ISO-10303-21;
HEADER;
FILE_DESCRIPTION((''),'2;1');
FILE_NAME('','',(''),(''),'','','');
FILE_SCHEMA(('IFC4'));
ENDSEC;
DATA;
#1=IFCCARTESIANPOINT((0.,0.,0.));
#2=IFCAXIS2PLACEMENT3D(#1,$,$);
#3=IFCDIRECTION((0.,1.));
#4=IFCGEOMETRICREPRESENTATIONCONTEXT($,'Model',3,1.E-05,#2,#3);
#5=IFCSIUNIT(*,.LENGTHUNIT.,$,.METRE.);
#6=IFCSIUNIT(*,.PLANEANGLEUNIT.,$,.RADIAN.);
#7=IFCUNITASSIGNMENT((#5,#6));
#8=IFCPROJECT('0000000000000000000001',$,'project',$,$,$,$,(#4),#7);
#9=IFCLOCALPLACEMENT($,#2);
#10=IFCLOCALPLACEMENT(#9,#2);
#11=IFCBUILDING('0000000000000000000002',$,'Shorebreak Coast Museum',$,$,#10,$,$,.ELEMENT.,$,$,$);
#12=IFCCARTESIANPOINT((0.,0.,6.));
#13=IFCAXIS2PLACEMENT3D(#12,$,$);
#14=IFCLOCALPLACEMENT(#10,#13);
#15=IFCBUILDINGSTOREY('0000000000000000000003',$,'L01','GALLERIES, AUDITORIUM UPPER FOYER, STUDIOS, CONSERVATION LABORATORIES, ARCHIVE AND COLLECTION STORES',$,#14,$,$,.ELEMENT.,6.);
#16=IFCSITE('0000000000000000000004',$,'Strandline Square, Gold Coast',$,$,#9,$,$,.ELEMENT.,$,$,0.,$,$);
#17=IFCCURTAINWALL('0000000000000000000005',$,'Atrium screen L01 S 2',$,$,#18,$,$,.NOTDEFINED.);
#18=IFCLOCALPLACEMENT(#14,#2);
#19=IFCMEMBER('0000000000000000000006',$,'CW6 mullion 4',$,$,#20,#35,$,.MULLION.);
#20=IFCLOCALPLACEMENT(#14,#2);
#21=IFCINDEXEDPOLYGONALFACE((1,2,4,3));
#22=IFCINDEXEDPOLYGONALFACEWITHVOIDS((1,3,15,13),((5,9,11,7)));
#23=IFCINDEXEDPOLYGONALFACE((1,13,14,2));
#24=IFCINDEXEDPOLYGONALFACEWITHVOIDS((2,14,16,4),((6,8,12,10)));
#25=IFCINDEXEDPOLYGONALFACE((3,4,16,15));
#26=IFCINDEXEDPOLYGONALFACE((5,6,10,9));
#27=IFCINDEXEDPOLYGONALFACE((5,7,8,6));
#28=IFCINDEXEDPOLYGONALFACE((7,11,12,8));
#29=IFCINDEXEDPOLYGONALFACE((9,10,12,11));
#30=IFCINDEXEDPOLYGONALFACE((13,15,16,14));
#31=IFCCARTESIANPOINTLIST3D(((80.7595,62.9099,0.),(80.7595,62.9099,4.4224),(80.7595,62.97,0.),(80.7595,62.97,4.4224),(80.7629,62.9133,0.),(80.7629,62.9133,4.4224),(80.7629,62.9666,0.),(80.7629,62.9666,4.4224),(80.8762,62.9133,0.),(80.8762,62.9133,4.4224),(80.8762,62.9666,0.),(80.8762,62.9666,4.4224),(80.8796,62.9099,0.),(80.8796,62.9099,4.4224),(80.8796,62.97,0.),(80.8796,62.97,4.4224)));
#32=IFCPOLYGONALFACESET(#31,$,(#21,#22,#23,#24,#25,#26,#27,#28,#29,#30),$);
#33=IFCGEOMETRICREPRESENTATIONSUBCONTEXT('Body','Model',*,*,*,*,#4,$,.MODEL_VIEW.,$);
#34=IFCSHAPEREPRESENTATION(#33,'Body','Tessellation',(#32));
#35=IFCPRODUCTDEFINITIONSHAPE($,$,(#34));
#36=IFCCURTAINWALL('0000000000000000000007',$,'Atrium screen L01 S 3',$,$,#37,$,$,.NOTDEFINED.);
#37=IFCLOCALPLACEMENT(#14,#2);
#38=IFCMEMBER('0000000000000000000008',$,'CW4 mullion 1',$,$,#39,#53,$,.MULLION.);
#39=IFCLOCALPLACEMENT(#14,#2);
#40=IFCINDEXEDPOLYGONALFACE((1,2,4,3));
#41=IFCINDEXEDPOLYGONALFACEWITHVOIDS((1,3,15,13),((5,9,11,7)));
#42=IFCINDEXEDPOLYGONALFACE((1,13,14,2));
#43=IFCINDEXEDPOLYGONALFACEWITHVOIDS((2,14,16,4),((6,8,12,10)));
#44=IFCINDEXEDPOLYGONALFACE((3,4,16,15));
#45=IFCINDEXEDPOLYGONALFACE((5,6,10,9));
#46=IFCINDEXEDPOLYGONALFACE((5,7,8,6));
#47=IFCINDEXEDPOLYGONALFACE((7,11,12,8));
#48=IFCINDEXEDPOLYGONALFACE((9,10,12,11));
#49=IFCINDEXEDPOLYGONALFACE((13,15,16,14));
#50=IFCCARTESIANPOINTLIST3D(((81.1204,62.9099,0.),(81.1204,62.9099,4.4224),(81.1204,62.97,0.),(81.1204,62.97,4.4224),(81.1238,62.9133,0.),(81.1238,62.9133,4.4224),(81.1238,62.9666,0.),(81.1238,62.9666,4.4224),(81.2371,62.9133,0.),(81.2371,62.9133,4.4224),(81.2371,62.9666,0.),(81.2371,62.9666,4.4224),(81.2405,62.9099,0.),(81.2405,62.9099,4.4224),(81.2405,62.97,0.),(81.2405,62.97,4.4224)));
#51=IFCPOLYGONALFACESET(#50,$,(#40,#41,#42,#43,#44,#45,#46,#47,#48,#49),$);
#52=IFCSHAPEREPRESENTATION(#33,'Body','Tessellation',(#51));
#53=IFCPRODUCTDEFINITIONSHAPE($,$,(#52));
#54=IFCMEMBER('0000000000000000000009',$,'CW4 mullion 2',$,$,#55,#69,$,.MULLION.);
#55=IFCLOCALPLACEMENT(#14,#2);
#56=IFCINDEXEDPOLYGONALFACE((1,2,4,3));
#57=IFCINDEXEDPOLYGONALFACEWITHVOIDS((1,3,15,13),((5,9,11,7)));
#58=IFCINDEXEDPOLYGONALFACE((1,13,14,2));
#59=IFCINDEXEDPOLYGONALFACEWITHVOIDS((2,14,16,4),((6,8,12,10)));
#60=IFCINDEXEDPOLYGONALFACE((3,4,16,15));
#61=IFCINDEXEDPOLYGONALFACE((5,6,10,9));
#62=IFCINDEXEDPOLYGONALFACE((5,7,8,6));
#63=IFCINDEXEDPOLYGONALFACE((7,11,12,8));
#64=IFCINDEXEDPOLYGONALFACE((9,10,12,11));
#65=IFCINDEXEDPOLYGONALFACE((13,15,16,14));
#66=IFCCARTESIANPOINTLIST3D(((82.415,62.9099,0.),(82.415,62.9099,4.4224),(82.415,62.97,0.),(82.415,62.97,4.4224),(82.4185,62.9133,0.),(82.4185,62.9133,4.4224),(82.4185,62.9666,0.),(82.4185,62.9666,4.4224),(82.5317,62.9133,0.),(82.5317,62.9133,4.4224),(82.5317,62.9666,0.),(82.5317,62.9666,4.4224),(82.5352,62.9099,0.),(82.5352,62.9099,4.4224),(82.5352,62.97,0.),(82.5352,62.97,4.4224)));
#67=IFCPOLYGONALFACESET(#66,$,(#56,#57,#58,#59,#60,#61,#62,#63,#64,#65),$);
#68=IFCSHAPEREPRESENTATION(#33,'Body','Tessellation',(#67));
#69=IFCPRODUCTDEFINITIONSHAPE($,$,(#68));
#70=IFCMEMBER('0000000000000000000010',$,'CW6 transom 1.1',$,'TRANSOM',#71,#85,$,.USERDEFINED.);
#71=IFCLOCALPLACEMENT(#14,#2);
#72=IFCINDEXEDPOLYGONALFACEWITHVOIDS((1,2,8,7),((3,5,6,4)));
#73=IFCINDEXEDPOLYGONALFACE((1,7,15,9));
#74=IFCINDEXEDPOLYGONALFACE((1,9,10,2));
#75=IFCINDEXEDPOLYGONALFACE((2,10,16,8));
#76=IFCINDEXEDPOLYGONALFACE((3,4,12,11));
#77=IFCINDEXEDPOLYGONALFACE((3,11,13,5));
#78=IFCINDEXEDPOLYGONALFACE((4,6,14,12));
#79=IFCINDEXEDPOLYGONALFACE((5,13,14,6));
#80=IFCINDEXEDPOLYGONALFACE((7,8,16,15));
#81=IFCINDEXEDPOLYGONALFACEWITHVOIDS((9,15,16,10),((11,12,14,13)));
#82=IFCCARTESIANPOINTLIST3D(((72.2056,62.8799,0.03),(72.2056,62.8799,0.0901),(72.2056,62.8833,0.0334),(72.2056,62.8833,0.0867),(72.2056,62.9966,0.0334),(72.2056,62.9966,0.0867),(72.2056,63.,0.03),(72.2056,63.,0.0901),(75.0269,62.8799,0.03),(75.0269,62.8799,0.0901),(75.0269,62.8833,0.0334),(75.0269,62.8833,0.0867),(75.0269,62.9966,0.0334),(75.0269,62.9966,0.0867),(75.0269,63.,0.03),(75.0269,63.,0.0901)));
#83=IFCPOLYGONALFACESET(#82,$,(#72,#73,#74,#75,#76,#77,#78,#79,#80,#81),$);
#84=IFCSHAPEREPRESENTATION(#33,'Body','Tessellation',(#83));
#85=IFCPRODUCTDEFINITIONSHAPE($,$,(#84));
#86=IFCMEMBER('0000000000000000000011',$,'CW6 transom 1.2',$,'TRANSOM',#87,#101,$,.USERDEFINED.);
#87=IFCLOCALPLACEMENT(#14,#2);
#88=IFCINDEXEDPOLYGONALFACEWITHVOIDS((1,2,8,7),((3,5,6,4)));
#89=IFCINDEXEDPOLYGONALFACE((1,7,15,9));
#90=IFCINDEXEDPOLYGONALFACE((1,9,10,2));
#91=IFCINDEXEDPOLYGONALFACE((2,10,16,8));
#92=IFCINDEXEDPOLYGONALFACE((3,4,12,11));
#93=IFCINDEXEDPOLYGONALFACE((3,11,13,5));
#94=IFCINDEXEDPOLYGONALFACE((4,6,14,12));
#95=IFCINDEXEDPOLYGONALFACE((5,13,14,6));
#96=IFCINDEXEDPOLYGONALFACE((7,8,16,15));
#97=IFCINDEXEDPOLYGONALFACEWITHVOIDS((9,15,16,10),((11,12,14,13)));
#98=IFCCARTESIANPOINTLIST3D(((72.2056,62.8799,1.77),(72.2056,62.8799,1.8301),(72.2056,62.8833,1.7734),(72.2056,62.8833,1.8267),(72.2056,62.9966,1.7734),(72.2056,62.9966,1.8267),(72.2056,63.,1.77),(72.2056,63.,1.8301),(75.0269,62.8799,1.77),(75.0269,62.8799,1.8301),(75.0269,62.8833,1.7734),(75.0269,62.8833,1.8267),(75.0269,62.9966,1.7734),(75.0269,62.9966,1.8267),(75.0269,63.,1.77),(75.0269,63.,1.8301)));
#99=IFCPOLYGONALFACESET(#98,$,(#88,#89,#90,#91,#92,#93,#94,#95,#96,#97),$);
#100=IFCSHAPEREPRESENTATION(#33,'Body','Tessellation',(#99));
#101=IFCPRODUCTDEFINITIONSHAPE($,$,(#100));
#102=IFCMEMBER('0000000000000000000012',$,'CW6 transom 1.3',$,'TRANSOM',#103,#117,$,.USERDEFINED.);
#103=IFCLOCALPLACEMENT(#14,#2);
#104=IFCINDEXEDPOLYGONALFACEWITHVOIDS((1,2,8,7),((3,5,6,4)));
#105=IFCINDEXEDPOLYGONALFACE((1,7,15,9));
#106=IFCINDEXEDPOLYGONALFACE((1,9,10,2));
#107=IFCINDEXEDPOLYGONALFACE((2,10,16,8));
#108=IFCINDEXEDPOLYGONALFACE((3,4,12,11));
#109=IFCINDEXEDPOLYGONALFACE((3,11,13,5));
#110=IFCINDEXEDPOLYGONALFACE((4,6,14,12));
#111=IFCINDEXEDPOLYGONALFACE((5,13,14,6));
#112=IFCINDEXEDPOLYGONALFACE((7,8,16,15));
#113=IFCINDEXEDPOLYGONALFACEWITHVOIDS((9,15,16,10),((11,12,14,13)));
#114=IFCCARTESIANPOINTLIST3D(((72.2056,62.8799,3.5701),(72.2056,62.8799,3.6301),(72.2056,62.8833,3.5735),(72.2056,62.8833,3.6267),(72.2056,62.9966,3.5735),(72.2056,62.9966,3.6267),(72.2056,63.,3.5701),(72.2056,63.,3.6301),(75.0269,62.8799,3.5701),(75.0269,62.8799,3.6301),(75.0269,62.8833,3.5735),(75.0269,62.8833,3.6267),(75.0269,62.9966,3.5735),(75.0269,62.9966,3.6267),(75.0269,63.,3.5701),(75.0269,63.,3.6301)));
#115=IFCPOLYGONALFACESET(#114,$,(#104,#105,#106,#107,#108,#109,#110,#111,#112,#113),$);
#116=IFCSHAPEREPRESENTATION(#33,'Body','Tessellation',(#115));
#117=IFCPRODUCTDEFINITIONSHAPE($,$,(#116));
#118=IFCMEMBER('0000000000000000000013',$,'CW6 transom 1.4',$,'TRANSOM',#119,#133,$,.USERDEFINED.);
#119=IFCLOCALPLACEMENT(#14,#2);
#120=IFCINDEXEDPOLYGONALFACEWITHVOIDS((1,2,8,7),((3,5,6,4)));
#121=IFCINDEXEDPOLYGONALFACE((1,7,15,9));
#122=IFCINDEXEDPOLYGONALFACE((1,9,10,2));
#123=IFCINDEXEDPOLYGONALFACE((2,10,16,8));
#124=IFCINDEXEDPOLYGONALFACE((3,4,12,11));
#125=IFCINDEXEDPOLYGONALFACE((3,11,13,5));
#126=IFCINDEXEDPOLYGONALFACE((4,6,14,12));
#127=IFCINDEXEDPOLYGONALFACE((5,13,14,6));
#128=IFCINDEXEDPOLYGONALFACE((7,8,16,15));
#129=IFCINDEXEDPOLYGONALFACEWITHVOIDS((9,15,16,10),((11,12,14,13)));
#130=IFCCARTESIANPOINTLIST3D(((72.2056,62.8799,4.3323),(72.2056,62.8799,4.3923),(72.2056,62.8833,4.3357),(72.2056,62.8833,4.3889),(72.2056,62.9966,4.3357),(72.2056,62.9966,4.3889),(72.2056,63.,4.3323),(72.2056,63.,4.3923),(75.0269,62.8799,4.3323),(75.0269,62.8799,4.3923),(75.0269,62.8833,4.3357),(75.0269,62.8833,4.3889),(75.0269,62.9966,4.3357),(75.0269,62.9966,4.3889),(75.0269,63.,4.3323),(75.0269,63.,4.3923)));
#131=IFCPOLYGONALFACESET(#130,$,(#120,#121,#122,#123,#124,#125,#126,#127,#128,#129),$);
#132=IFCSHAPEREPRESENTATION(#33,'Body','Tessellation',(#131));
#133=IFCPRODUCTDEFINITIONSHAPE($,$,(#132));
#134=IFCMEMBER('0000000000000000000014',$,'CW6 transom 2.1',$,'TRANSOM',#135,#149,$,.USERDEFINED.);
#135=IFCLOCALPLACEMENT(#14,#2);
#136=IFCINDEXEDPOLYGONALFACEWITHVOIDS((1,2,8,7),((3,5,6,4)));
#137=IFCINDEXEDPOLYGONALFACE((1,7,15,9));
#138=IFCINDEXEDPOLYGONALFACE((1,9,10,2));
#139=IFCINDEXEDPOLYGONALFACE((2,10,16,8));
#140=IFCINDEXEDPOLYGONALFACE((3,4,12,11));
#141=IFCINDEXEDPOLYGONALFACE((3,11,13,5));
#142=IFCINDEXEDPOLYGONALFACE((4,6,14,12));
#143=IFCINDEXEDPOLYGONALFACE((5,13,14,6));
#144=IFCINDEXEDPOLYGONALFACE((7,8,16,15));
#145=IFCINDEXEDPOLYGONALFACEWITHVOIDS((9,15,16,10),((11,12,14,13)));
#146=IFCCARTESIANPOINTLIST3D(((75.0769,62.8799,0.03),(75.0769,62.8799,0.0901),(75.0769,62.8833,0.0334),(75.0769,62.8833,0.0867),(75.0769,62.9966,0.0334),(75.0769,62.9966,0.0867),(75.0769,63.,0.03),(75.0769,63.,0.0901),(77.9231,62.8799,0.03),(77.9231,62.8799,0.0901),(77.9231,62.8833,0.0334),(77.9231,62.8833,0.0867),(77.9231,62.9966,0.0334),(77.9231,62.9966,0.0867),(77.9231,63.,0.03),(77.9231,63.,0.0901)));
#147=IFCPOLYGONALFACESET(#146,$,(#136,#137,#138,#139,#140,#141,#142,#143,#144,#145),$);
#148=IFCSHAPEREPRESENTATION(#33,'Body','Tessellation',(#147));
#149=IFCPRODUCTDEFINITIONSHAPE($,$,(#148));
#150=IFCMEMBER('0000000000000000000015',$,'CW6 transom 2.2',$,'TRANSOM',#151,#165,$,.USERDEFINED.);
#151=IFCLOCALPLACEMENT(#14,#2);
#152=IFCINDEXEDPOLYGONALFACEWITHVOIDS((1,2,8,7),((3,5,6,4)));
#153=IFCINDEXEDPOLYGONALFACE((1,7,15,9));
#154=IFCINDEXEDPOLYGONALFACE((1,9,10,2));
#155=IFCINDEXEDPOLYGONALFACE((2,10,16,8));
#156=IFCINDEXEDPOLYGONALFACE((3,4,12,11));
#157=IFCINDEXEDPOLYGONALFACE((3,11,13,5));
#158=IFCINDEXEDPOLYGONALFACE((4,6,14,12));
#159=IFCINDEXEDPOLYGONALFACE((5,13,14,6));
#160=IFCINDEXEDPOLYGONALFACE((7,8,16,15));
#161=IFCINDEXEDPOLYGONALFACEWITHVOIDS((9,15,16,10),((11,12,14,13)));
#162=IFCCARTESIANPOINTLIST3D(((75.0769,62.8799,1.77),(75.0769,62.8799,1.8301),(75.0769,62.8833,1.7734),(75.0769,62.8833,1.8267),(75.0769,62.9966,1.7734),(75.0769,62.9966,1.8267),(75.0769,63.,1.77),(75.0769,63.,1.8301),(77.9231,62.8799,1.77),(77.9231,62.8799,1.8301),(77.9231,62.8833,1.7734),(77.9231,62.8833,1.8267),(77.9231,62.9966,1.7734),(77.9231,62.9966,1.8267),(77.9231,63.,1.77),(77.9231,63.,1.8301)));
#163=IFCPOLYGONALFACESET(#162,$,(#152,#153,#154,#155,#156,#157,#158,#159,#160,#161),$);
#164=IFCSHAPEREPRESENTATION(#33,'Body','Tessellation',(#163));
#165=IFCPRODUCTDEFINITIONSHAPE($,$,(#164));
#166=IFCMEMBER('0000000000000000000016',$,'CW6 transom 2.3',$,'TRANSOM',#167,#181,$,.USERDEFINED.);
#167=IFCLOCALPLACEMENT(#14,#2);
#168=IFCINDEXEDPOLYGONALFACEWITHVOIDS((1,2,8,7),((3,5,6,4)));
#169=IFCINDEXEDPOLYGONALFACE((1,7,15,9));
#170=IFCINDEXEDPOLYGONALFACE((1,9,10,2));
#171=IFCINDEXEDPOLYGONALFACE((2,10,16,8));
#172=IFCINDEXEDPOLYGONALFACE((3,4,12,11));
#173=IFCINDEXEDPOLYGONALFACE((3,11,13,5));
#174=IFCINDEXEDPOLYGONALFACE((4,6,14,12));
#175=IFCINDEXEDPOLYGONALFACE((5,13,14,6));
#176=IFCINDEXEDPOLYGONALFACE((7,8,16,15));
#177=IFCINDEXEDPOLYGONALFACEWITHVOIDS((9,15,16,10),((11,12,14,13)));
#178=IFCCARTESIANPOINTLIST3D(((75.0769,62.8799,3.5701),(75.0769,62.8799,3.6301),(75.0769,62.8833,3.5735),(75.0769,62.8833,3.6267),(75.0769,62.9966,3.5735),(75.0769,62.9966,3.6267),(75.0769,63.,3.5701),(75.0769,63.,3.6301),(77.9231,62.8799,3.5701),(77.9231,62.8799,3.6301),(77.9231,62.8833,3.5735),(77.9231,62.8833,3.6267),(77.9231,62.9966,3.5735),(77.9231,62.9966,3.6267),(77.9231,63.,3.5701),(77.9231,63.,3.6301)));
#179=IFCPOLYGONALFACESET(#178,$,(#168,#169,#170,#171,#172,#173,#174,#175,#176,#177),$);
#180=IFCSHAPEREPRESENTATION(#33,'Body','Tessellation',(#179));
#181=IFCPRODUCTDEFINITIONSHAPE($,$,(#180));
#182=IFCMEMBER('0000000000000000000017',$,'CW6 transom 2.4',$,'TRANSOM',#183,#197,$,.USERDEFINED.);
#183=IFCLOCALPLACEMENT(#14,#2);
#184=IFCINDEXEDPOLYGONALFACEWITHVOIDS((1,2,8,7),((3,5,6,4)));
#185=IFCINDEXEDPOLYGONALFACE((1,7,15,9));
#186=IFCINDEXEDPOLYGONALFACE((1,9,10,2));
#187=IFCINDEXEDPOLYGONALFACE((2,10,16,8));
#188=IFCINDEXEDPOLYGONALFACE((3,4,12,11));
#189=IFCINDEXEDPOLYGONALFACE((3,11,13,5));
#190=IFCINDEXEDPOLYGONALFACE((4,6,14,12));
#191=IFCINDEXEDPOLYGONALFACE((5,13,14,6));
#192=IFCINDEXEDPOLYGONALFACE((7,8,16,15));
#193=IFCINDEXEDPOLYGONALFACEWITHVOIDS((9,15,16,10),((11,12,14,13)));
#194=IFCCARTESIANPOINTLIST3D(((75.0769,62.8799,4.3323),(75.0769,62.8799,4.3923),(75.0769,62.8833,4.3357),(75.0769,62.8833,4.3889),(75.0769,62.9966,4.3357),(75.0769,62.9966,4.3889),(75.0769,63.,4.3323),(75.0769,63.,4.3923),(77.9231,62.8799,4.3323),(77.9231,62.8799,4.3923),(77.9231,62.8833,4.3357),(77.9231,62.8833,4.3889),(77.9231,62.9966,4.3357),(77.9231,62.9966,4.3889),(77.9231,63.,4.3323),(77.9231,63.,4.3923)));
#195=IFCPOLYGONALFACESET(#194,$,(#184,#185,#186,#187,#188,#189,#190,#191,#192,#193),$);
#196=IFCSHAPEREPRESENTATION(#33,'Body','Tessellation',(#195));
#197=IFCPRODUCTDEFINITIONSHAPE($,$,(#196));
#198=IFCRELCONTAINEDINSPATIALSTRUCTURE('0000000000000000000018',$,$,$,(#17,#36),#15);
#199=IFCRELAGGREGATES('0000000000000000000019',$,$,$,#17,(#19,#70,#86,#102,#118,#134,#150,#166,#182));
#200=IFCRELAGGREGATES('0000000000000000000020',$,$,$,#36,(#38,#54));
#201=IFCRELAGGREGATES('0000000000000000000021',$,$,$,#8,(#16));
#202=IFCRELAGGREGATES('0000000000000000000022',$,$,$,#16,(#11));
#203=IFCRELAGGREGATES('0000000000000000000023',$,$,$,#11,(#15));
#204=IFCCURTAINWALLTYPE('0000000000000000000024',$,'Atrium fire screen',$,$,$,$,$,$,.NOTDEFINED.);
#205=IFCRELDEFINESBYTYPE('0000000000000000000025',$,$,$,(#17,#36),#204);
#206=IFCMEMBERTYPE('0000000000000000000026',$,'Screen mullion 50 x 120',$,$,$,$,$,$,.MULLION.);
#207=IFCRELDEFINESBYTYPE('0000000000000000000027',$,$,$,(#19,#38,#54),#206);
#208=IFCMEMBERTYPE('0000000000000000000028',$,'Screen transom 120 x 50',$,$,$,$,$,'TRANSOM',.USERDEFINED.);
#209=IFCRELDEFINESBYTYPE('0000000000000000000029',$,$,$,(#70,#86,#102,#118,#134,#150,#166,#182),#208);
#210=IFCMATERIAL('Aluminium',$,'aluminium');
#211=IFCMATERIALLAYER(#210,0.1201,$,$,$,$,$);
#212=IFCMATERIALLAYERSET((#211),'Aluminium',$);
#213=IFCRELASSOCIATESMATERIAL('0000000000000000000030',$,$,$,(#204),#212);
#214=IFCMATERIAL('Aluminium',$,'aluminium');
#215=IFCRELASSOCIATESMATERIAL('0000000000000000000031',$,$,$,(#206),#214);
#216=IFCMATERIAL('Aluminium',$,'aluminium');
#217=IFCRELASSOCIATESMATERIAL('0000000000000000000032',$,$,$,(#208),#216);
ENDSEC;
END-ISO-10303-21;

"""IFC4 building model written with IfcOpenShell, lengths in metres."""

from ifc_helpers import new_model, si_unit, direction, frame, origin, origin_2d, place, context, subcontext, project, spatial, hollow_rectangle, extrude, material, layer, layer_set, material_profile, profile_set, type_object, element, aggregate, save


model = new_model("IFC4")

# Units and contexts
model_context = context("Model", 3, precision=1e-05, world=origin(), true_north=direction((0.0, 1.0)))
body_context = subcontext(model_context, "Body", "Model", "MODEL_VIEW")
ifc_project = project(units=[si_unit("LENGTHUNIT", "METRE"), si_unit("PLANEANGLEUNIT", "RADIAN")], contexts=[model_context])

# Site, building, storey
site_placement = place(None, origin())
site = spatial("IfcSite", under=ifc_project, at=site_placement, Name="Strandline Square, Gold Coast", CompositionType="ELEMENT", RefElevation=0.0)
building_placement = place(site_placement, origin())
building = spatial("IfcBuilding", under=site, at=building_placement, Name="Shorebreak Coast Museum", CompositionType="ELEMENT")
storey_placement = place(building_placement, frame((0.0, 0.0, 6.0)))
storey = spatial("IfcBuildingStorey", under=building, at=storey_placement, Name="L01", Description="GALLERIES, AUDITORIUM UPPER FOYER, STUDIOS, CONSERVATION LABORATORIES, ARCHIVE AND COLLECTION STORES", CompositionType="ELEMENT", Elevation=6.0)

# Curtain walls, members
ifc_material_1 = material(Name="Aluminium", Category="aluminium")
ifc_layer_1 = layer(ifc_material_1, 0.1201)
ifc_layer_set_1 = layer_set([ifc_layer_1], Name="Aluminium")
curtain_wall_type = type_object("IfcCurtainWallType", Name="Atrium fire screen", PredefinedType="NOTDEFINED", material=ifc_layer_set_1)
curtain_wall_1_placement = place(storey_placement, origin())
curtain_wall_1 = element("IfcCurtainWall", 1, at=curtain_wall_1_placement, inside=storey, type_object=curtain_wall_type, Name="Atrium screen L01 S 2", PredefinedType="NOTDEFINED")
ifc_material_2 = material(Name="Aluminium", Category="aluminium")
ifc_material_profile_1 = material_profile(ifc_material_2, hollow_rectangle(XDim=0.0601, YDim=0.1201, WallThickness=0.0034, at=origin_2d()), Name="AL 120x60 RHS")
ifc_profile_set_1 = profile_set([ifc_material_profile_1], Name="Aluminium")
member_type_1 = type_object("IfcMemberType", Name="Screen mullion 50 x 120", PredefinedType="MULLION", material=ifc_profile_set_1)
member_1_placement = place(storey_placement, frame((80.8196, 62.9399, 0.0), z_axis=(0.0, 0.0, 1.0), x_axis=(0.0, 1.0, 0.0)))
member_1 = element("IfcMember", 2, at=member_1_placement, type_object=member_type_1, Name="CW6 mullion 4", PredefinedType="MULLION", context=body_context, shape_type="SweptSolid", body=[
    extrude(hollow_rectangle(XDim=0.0601, YDim=0.1201, WallThickness=0.0034, at=origin_2d()), origin(), (0.0, 0.0, 1.0), 4.4224),
])
curtain_wall_2_placement = place(storey_placement, origin())
curtain_wall_2 = element("IfcCurtainWall", 3, at=curtain_wall_2_placement, inside=storey, type_object=curtain_wall_type, Name="Atrium screen L01 S 3", PredefinedType="NOTDEFINED")
member_2_placement = place(storey_placement, frame((81.1804, 62.9399, 0.0), z_axis=(0.0, 0.0, 1.0), x_axis=(0.0, 1.0, 0.0)))
member_2 = element("IfcMember", 4, at=member_2_placement, type_object=member_type_1, Name="CW4 mullion 1", PredefinedType="MULLION", context=body_context, shape_type="SweptSolid", body=[
    extrude(hollow_rectangle(XDim=0.0601, YDim=0.1201, WallThickness=0.0034, at=origin_2d()), origin(), (0.0, 0.0, 1.0), 4.4224),
])
member_3_placement = place(storey_placement, frame((82.4751, 62.9399, 0.0), z_axis=(0.0, 0.0, 1.0), x_axis=(0.0, 1.0, 0.0)))
member_3 = element("IfcMember", 5, at=member_3_placement, type_object=member_type_1, Name="CW4 mullion 2", PredefinedType="MULLION", context=body_context, shape_type="SweptSolid", body=[
    extrude(hollow_rectangle(XDim=0.0601, YDim=0.1201, WallThickness=0.0034, at=origin_2d()), origin(), (0.0, 0.0, 1.0), 4.4224),
])

# Members
ifc_material_3 = material(Name="Aluminium", Category="aluminium")
ifc_material_profile_2 = material_profile(ifc_material_3, hollow_rectangle(XDim=0.1201, YDim=0.0601, WallThickness=0.0034, at=origin_2d()), Name="AL 60x120 RHS")
ifc_profile_set_2 = profile_set([ifc_material_profile_2], Name="Aluminium")
member_type_2 = type_object("IfcMemberType", Name="Screen transom 120 x 50", ElementType="TRANSOM", PredefinedType="USERDEFINED", material=ifc_profile_set_2)
member_4_placement = place(storey_placement, frame((72.2056, 62.9399, 0.0601), z_axis=(1.0, 0.0, 0.0), x_axis=(0.0, 1.0, 0.0)))
member_4 = element("IfcMember", 6, at=member_4_placement, type_object=member_type_2, Name="CW6 transom 1.1", ObjectType="TRANSOM", PredefinedType="USERDEFINED", context=body_context, shape_type="SweptSolid", body=[
    extrude(hollow_rectangle(XDim=0.1201, YDim=0.0601, WallThickness=0.0034, at=origin_2d()), origin(), (0.0, 0.0, 1.0), 2.8213),
])
member_5_placement = place(storey_placement, frame((72.2056, 62.9399, 1.8), z_axis=(1.0, 0.0, 0.0), x_axis=(0.0, 1.0, 0.0)))
member_5 = element("IfcMember", 7, at=member_5_placement, type_object=member_type_2, Name="CW6 transom 1.2", ObjectType="TRANSOM", PredefinedType="USERDEFINED", context=body_context, shape_type="SweptSolid", body=[
    extrude(hollow_rectangle(XDim=0.1201, YDim=0.0601, WallThickness=0.0034, at=origin_2d()), origin(), (0.0, 0.0, 1.0), 2.8213),
])
member_6_placement = place(storey_placement, frame((72.2056, 62.9399, 3.6001), z_axis=(1.0, 0.0, 0.0), x_axis=(0.0, 1.0, 0.0)))
member_6 = element("IfcMember", 8, at=member_6_placement, type_object=member_type_2, Name="CW6 transom 1.3", ObjectType="TRANSOM", PredefinedType="USERDEFINED", context=body_context, shape_type="SweptSolid", body=[
    extrude(hollow_rectangle(XDim=0.1201, YDim=0.0601, WallThickness=0.0034, at=origin_2d()), origin(), (0.0, 0.0, 1.0), 2.8213),
])
member_7_placement = place(storey_placement, frame((72.2056, 62.9399, 4.3623), z_axis=(1.0, 0.0, 0.0), x_axis=(0.0, 1.0, 0.0)))
member_7 = element("IfcMember", 9, at=member_7_placement, type_object=member_type_2, Name="CW6 transom 1.4", ObjectType="TRANSOM", PredefinedType="USERDEFINED", context=body_context, shape_type="SweptSolid", body=[
    extrude(hollow_rectangle(XDim=0.1201, YDim=0.0601, WallThickness=0.0034, at=origin_2d()), origin(), (0.0, 0.0, 1.0), 2.8213),
])
member_8_placement = place(storey_placement, frame((75.0769, 62.9399, 0.0601), z_axis=(1.0, 0.0, 0.0), x_axis=(0.0, 1.0, 0.0)))
member_8 = element("IfcMember", 10, at=member_8_placement, type_object=member_type_2, Name="CW6 transom 2.1", ObjectType="TRANSOM", PredefinedType="USERDEFINED", context=body_context, shape_type="SweptSolid", body=[
    extrude(hollow_rectangle(XDim=0.1201, YDim=0.0601, WallThickness=0.0034, at=origin_2d()), origin(), (0.0, 0.0, 1.0), 2.8462),
])
member_9_placement = place(storey_placement, frame((75.0769, 62.9399, 1.8), z_axis=(1.0, 0.0, 0.0), x_axis=(0.0, 1.0, 0.0)))
member_9 = element("IfcMember", 11, at=member_9_placement, type_object=member_type_2, Name="CW6 transom 2.2", ObjectType="TRANSOM", PredefinedType="USERDEFINED", context=body_context, shape_type="SweptSolid", body=[
    extrude(hollow_rectangle(XDim=0.1201, YDim=0.0601, WallThickness=0.0034, at=origin_2d()), origin(), (0.0, 0.0, 1.0), 2.8462),
])
member_10_placement = place(storey_placement, frame((75.0769, 62.9399, 3.6001), z_axis=(1.0, 0.0, 0.0), x_axis=(0.0, 1.0, 0.0)))
member_10 = element("IfcMember", 12, at=member_10_placement, type_object=member_type_2, Name="CW6 transom 2.3", ObjectType="TRANSOM", PredefinedType="USERDEFINED", context=body_context, shape_type="SweptSolid", body=[
    extrude(hollow_rectangle(XDim=0.1201, YDim=0.0601, WallThickness=0.0034, at=origin_2d()), origin(), (0.0, 0.0, 1.0), 2.8462),
])
member_11_placement = place(storey_placement, frame((75.0769, 62.9399, 4.3623), z_axis=(1.0, 0.0, 0.0), x_axis=(0.0, 1.0, 0.0)))
member_11 = element("IfcMember", 13, at=member_11_placement, type_object=member_type_2, Name="CW6 transom 2.4", ObjectType="TRANSOM", PredefinedType="USERDEFINED", context=body_context, shape_type="SweptSolid", body=[
    extrude(hollow_rectangle(XDim=0.1201, YDim=0.0601, WallThickness=0.0034, at=origin_2d()), origin(), (0.0, 0.0, 1.0), 2.8462),
])

aggregate(curtain_wall_1, [member_1, member_4, member_5, member_6, member_7, member_8, member_9, member_10, member_11])
aggregate(curtain_wall_2, [member_2, member_3])

save(model, "model.ifc")
